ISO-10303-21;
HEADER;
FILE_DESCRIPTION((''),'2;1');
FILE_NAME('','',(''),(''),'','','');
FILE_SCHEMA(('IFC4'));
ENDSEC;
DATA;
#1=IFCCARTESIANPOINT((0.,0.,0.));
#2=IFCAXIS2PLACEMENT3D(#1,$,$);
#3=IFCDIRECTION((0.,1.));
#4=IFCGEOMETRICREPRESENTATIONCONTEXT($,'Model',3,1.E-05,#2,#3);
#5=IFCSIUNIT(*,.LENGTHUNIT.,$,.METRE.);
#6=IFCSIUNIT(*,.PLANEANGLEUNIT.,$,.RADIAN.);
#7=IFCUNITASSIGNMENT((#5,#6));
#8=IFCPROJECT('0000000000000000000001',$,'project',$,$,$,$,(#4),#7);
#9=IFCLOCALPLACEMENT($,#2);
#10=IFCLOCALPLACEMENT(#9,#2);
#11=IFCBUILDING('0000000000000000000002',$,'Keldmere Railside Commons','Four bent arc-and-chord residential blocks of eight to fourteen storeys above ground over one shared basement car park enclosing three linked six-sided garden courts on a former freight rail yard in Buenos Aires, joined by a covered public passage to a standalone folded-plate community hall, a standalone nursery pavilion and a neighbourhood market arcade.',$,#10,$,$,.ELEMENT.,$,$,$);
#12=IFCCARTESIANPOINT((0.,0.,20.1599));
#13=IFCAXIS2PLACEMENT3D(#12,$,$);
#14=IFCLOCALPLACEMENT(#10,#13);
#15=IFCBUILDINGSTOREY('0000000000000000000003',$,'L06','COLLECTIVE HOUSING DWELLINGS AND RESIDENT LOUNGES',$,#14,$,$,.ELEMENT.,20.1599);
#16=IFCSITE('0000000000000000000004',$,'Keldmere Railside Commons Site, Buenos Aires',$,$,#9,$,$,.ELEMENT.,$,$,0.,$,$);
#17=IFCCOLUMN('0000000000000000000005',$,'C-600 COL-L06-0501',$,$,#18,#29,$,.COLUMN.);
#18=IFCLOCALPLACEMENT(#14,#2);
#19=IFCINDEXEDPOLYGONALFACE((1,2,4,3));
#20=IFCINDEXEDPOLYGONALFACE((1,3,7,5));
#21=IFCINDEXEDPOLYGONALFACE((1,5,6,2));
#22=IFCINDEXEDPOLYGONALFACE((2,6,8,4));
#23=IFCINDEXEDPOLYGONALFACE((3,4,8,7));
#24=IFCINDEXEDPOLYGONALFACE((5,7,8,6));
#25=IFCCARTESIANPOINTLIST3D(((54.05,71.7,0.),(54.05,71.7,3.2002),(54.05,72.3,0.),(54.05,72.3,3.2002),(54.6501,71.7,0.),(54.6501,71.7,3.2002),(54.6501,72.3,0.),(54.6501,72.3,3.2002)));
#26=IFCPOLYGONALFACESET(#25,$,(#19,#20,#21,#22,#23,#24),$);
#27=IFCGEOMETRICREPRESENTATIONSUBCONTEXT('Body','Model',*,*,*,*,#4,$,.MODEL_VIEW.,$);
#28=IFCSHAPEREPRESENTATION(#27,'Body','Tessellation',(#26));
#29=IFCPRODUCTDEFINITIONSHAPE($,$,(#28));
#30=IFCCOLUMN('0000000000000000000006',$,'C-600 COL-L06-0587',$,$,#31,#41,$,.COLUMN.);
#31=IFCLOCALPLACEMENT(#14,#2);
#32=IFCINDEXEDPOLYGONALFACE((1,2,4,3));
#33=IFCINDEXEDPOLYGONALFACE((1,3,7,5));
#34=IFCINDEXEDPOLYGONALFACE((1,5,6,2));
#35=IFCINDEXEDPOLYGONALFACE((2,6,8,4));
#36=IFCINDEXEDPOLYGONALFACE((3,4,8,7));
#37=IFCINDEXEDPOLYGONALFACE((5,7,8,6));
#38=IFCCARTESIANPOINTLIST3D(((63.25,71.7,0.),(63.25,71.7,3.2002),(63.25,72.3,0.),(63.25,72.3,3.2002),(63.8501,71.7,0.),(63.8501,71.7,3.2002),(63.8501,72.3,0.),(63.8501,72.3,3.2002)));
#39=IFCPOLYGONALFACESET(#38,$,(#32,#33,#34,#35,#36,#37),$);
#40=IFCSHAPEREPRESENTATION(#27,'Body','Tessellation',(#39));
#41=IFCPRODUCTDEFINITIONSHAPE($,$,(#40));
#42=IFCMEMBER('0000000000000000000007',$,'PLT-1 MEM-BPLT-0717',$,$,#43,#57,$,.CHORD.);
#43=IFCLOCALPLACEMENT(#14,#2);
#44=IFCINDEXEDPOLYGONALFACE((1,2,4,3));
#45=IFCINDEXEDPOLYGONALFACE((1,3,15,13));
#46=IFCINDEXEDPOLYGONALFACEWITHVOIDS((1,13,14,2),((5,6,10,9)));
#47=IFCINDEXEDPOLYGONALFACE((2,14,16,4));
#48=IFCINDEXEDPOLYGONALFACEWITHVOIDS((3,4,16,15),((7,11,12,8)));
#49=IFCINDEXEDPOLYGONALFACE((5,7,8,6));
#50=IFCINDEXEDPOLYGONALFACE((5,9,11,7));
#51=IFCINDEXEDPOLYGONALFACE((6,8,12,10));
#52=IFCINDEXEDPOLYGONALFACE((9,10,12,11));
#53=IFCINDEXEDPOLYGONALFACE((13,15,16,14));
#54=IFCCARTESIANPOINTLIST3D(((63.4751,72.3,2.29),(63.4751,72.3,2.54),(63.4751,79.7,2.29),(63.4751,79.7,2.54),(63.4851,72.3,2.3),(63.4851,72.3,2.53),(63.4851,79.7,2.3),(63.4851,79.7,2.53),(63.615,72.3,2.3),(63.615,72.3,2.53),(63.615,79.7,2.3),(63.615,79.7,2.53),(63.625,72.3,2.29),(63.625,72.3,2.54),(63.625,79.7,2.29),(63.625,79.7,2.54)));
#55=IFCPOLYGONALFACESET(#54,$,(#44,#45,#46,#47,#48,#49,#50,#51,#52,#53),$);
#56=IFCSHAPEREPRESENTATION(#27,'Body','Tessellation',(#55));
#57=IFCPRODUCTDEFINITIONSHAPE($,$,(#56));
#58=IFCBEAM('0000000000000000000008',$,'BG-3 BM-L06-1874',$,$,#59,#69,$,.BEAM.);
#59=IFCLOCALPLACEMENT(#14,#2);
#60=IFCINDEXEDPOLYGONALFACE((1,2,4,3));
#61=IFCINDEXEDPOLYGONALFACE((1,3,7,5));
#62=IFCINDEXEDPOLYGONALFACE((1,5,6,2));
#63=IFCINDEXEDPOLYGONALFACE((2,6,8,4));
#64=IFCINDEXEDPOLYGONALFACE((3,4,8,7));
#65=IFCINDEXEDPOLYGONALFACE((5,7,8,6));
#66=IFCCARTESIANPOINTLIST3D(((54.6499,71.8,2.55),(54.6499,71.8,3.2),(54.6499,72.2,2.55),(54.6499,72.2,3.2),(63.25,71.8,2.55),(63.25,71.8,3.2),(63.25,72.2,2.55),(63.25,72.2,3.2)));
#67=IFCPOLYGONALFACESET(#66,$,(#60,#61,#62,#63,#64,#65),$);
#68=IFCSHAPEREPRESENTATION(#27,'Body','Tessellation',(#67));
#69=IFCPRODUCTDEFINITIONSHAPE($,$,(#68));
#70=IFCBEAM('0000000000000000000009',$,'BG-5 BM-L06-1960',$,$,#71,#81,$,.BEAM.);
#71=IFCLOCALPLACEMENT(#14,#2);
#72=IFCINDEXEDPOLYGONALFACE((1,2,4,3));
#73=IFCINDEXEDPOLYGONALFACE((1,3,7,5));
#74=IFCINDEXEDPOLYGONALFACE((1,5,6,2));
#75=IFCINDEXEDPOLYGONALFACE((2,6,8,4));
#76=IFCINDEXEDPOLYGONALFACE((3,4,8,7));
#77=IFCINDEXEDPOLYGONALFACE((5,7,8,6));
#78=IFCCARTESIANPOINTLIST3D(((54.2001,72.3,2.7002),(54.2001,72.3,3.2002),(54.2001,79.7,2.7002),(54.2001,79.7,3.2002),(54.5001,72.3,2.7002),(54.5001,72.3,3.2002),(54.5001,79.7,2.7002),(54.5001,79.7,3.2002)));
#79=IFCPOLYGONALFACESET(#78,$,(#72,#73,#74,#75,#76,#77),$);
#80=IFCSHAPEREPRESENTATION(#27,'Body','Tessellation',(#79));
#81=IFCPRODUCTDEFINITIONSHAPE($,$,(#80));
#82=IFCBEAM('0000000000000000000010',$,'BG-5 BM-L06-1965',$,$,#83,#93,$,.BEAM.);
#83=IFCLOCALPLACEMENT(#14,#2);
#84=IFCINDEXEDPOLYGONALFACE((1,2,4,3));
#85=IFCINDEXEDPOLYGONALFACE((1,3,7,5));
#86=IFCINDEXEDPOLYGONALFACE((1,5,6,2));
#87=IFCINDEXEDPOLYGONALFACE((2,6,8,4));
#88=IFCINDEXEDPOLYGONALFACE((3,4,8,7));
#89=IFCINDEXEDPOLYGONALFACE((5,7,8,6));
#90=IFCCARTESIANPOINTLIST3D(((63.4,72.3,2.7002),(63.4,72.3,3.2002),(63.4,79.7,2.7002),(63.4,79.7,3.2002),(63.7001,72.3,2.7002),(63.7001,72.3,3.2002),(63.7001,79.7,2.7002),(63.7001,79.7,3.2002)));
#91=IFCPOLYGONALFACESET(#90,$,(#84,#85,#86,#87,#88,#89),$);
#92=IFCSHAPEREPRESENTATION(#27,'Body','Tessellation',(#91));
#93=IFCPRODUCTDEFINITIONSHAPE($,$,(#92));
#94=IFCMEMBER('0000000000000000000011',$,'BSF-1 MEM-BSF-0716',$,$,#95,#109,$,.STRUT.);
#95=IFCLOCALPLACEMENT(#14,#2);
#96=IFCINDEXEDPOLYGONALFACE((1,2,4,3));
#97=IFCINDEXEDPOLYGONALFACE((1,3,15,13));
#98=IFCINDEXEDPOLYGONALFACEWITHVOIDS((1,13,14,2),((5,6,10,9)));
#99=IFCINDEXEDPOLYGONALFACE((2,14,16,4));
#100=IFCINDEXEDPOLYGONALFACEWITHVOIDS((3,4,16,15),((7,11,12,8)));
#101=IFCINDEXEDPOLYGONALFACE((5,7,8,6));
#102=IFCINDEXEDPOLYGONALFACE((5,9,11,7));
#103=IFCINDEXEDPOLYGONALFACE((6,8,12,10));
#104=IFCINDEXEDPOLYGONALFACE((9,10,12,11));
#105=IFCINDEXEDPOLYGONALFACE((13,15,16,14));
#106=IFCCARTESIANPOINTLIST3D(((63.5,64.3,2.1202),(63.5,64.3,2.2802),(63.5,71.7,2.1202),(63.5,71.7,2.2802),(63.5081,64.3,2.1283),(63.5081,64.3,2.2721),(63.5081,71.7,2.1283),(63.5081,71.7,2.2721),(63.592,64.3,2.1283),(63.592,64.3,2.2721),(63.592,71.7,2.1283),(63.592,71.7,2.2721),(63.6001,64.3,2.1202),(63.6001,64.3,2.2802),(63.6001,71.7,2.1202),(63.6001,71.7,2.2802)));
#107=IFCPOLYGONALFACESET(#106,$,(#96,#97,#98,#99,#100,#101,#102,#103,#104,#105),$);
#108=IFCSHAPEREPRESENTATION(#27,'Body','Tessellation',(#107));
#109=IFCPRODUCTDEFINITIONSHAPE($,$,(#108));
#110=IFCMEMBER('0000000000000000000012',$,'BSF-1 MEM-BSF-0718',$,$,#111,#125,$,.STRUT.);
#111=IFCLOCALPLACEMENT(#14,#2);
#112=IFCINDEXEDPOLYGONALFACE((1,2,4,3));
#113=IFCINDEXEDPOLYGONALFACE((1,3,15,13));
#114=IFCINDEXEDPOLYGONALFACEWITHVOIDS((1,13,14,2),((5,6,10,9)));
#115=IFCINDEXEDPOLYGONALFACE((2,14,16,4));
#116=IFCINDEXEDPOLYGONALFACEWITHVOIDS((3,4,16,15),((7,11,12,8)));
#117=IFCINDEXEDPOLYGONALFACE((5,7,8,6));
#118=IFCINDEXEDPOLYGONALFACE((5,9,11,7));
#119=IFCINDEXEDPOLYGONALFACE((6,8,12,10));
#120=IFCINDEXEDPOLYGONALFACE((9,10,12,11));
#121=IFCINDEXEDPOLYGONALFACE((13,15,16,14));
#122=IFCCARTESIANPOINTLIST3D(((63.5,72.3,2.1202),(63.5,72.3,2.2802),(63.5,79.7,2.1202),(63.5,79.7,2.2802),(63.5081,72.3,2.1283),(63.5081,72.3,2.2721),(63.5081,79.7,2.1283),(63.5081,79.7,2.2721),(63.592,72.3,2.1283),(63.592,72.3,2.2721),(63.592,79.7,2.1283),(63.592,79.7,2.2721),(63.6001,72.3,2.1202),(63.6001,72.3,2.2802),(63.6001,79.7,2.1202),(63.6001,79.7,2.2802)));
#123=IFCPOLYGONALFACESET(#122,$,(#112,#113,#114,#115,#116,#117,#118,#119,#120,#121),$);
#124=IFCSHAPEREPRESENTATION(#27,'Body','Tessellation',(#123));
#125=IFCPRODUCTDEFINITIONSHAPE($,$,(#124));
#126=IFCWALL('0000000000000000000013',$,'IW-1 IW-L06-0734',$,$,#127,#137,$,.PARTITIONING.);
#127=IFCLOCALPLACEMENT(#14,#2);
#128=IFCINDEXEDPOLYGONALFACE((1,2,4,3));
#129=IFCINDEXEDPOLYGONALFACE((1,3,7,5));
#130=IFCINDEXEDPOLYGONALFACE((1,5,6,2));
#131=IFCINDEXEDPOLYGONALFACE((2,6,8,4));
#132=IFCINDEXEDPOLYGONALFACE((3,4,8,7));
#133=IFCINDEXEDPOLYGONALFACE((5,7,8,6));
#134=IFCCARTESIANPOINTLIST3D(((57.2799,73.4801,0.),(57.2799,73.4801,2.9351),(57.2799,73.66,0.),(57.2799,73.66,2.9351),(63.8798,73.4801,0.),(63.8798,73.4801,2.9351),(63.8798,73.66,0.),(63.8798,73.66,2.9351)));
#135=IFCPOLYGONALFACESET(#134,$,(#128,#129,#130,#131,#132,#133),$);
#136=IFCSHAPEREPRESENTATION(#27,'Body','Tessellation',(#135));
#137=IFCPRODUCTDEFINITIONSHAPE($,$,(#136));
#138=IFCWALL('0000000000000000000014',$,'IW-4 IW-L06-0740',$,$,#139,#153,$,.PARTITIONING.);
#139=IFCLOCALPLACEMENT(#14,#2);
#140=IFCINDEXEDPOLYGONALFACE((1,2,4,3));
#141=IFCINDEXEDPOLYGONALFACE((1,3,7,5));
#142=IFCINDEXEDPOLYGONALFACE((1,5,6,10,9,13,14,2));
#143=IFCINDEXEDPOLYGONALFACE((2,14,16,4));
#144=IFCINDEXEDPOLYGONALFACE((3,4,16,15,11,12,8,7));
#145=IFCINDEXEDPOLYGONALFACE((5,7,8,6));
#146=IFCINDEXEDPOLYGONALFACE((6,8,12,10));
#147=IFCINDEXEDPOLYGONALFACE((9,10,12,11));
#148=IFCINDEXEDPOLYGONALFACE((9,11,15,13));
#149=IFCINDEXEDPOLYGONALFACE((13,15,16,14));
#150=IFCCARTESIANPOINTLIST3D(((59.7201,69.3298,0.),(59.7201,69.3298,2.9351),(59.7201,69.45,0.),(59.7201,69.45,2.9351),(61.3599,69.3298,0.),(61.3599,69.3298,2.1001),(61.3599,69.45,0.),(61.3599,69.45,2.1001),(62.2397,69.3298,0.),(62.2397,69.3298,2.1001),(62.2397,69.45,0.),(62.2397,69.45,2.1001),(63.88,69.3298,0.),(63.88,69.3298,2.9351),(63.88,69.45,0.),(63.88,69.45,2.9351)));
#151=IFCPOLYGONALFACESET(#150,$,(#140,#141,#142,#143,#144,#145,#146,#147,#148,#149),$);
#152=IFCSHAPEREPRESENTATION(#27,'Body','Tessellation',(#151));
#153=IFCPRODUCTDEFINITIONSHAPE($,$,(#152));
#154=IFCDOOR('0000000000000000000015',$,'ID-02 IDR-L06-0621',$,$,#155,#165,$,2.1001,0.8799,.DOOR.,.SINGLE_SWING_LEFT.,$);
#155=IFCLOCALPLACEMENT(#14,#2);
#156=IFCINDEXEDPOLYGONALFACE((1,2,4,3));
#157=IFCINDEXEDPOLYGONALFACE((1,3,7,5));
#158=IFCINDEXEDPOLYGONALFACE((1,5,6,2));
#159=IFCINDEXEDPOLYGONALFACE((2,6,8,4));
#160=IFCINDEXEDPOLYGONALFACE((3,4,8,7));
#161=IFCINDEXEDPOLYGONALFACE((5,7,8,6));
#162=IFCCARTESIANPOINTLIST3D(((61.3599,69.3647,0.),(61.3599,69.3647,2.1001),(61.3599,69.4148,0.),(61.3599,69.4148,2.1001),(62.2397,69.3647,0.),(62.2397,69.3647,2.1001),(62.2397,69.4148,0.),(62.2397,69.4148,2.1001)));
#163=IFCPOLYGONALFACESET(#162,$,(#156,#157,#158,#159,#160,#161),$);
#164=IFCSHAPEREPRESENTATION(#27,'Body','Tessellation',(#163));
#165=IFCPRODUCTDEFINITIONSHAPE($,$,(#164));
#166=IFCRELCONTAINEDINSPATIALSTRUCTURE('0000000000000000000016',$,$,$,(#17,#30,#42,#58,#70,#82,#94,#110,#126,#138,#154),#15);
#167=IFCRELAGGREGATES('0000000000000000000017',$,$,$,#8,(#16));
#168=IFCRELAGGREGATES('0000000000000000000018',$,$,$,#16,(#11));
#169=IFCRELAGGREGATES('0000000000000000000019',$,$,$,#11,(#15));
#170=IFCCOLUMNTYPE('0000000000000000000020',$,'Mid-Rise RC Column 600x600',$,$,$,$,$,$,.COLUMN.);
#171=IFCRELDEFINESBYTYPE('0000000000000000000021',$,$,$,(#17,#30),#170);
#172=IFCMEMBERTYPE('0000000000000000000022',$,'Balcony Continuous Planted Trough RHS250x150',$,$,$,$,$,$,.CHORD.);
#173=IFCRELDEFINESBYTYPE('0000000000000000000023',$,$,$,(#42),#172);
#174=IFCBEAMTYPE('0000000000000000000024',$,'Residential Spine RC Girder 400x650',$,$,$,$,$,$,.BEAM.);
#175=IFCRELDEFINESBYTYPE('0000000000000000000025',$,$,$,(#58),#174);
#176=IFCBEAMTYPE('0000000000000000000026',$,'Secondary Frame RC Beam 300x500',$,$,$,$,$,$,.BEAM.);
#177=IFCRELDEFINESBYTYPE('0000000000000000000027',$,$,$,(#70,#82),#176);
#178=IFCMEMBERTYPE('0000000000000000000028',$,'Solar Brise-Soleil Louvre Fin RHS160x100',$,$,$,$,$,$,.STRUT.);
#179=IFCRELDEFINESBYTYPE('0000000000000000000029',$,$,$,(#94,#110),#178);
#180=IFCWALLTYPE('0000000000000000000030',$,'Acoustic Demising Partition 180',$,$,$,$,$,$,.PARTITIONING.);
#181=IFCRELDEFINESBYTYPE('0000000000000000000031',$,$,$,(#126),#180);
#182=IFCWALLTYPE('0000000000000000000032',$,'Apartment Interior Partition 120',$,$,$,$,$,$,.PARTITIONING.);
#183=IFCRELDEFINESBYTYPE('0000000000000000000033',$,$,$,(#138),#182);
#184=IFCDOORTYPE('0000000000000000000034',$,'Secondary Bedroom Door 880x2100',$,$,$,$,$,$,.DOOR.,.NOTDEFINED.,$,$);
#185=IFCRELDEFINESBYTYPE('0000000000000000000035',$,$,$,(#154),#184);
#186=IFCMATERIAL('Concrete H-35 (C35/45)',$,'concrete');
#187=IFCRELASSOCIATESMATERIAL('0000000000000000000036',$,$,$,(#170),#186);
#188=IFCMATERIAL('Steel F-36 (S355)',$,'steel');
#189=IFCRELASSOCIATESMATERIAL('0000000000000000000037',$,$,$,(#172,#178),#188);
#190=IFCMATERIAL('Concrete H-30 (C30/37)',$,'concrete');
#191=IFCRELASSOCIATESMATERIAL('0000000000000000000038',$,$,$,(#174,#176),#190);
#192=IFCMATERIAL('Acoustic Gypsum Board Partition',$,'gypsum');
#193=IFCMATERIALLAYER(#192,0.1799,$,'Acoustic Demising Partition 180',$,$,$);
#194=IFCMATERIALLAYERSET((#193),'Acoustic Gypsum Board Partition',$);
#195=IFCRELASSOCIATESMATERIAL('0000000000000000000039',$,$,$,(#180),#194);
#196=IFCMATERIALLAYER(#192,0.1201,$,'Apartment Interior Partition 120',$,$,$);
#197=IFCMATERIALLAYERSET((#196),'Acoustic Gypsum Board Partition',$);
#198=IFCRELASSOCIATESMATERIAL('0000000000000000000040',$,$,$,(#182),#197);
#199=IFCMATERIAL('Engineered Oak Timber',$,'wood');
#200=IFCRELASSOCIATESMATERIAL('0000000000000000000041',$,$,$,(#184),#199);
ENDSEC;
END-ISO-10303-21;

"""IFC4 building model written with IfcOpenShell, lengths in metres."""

from ifc_helpers import new_model, si_unit, direction, frame, frame_2d, origin, origin_2d, place, context, subcontext, project, spatial, rectangle, hollow_rectangle, extrude, material, layer, layer_set, material_profile, profile_set, type_object, element, fill, save


model = new_model("IFC4")

# Units and contexts
model_context = context("Model", 3, precision=1e-05, world=origin(), true_north=direction((0.0, 1.0)))
body_context = subcontext(model_context, "Body", "Model", "MODEL_VIEW")
ifc_project = project(units=[si_unit("LENGTHUNIT", "METRE"), si_unit("PLANEANGLEUNIT", "RADIAN")], contexts=[model_context])

# Site, building, storey
site_placement = place(None, origin())
site = spatial("IfcSite", under=ifc_project, at=site_placement, Name="Keldmere Railside Commons Site, Buenos Aires", CompositionType="ELEMENT", RefElevation=0.0)
building_placement = place(site_placement, origin())
building = spatial("IfcBuilding", under=site, at=building_placement, Name="Keldmere Railside Commons", Description="Four bent arc-and-chord residential blocks of eight to fourteen storeys above ground over one shared basement car park enclosing three linked six-sided garden courts on a former freight rail yard in Buenos Aires, joined by a covered public passage to a standalone folded-plate community hall, a standalone nursery pavilion and a neighbourhood market arcade.", CompositionType="ELEMENT")
storey_placement = place(building_placement, frame((0.0, 0.0, 20.1599)))
storey = spatial("IfcBuildingStorey", under=building, at=storey_placement, Name="L06", Description="COLLECTIVE HOUSING DWELLINGS AND RESIDENT LOUNGES", CompositionType="ELEMENT", Elevation=20.1599)

# Columns
ifc_material_1 = material(Name="Concrete H-35 (C35/45)", Category="concrete")
ifc_material_profile_1 = material_profile(ifc_material_1, rectangle(XDim=0.6001, YDim=0.6001, at=origin_2d()), Name="RC-600x600")
ifc_profile_set_1 = profile_set([ifc_material_profile_1], Name="Concrete H-35 (C35/45)")
column_type = type_object("IfcColumnType", Name="Mid-Rise RC Column 600x600", PredefinedType="COLUMN", material=ifc_profile_set_1)
for number, where, z_axis, x_axis, name in (
    (1, (54.3501, 72.0, 0.0), (0.0, 0.0, 1.0), (1.0, 0.0, 0.0), "C-600 COL-L06-0501"),
    (2, (63.55, 72.0, 0.0), (0.0, 0.0, 1.0), (1.0, 0.0, 0.0), "C-600 COL-L06-0587"),
):
    element("IfcColumn", number, at=place(storey_placement, frame(where, z_axis=z_axis, x_axis=x_axis)), inside=storey, type_object=column_type, Name=name, PredefinedType="COLUMN", context=body_context, shape_type="SweptSolid", body=[
        extrude(rectangle(XDim=0.6001, YDim=0.6001, at=origin_2d()), origin(), (0.0, 0.0, 1.0), 3.2002),
    ])

# Member
ifc_material_2 = material(Name="Steel F-36 (S355)", Category="steel")
ifc_material_profile_2 = material_profile(ifc_material_2, hollow_rectangle(XDim=0.1499, YDim=0.25, WallThickness=0.01, at=origin_2d()), Name="RHS-250x150x10")
ifc_profile_set_2 = profile_set([ifc_material_profile_2], Name="Steel F-36 (S355)")
member_type_1 = type_object("IfcMemberType", Name="Balcony Continuous Planted Trough RHS250x150", PredefinedType="CHORD", material=ifc_profile_set_2)
member_placement = place(storey_placement, frame((63.55, 72.3, 2.415), z_axis=(0.0, 1.0, 0.0), x_axis=(-1.0, 0.0, 0.0)))
element("IfcMember", 3, at=member_placement, inside=storey, type_object=member_type_1, Name="PLT-1 MEM-BPLT-0717", PredefinedType="CHORD", context=body_context, shape_type="SweptSolid", body=[
    extrude(hollow_rectangle(XDim=0.1499, YDim=0.25, WallThickness=0.01, at=origin_2d()), origin(), (0.0, 0.0, 1.0), 7.3999),
])

# Beams
ifc_material_3 = material(Name="Concrete H-30 (C30/37)", Category="concrete")
ifc_material_profile_3 = material_profile(ifc_material_3, rectangle(XDim=0.3999, YDim=0.6499, at=origin_2d()), Name="RC-400x650")
ifc_profile_set_3 = profile_set([ifc_material_profile_3], Name="Concrete H-30 (C30/37)")
beam_type_1 = type_object("IfcBeamType", Name="Residential Spine RC Girder 400x650", PredefinedType="BEAM", material=ifc_profile_set_3)
beam_placement = place(storey_placement, frame((54.6499, 72.0, 2.875), z_axis=(1.0, 0.0, 0.0), x_axis=(0.0, 1.0, 0.0)))
element("IfcBeam", 4, at=beam_placement, inside=storey, type_object=beam_type_1, Name="BG-3 BM-L06-1874", PredefinedType="BEAM", context=body_context, shape_type="SweptSolid", body=[
    extrude(rectangle(XDim=0.3999, YDim=0.6499, at=origin_2d()), origin(), (0.0, 0.0, 1.0), 8.6001),
])
ifc_material_profile_4 = material_profile(ifc_material_3, rectangle(XDim=0.3, YDim=0.5, at=origin_2d()), Name="RC-300x500")
ifc_profile_set_4 = profile_set([ifc_material_profile_4], Name="Concrete H-30 (C30/37)")
beam_type_2 = type_object("IfcBeamType", Name="Secondary Frame RC Beam 300x500", PredefinedType="BEAM", material=ifc_profile_set_4)
for number, where, z_axis, x_axis, name in (
    (5, (54.3501, 72.3, 2.9502), (0.0, 1.0, 0.0), (-1.0, 0.0, 0.0), "BG-5 BM-L06-1960"),
    (6, (63.55, 72.3, 2.9502), (0.0, 1.0, 0.0), (-1.0, 0.0, 0.0), "BG-5 BM-L06-1965"),
):
    element("IfcBeam", number, at=place(storey_placement, frame(where, z_axis=z_axis, x_axis=x_axis)), inside=storey, type_object=beam_type_2, Name=name, PredefinedType="BEAM", context=body_context, shape_type="SweptSolid", body=[
        extrude(rectangle(XDim=0.3, YDim=0.5, at=origin_2d()), origin(), (0.0, 0.0, 1.0), 7.3999),
    ])

# Members
ifc_material_profile_5 = material_profile(ifc_material_2, hollow_rectangle(XDim=0.1001, YDim=0.1599, WallThickness=0.0081, at=origin_2d()), Name="RHS-160x100x8")
ifc_profile_set_5 = profile_set([ifc_material_profile_5], Name="Steel F-36 (S355)")
member_type_2 = type_object("IfcMemberType", Name="Solar Brise-Soleil Louvre Fin RHS160x100", PredefinedType="STRUT", material=ifc_profile_set_5)
for number, where, z_axis, x_axis, name in (
    (7, (63.55, 64.3, 2.2002), (0.0, 1.0, 0.0), (-1.0, 0.0, 0.0), "BSF-1 MEM-BSF-0716"),
    (8, (63.55, 72.3, 2.2002), (0.0, 1.0, 0.0), (-1.0, 0.0, 0.0), "BSF-1 MEM-BSF-0718"),
):
    element("IfcMember", number, at=place(storey_placement, frame(where, z_axis=z_axis, x_axis=x_axis)), inside=storey, type_object=member_type_2, Name=name, PredefinedType="STRUT", context=body_context, shape_type="SweptSolid", body=[
        extrude(hollow_rectangle(XDim=0.1001, YDim=0.1599, WallThickness=0.0081, at=origin_2d()), origin(), (0.0, 0.0, 1.0), 7.3999),
    ])

# Wall
ifc_material_4 = material(Name="Acoustic Gypsum Board Partition", Category="gypsum")
ifc_layer_1 = layer(ifc_material_4, 0.1799, Name="Acoustic Demising Partition 180")
ifc_layer_set_1 = layer_set([ifc_layer_1], Name="Acoustic Gypsum Board Partition")
wall_type_1 = type_object("IfcWallType", Name="Acoustic Demising Partition 180", PredefinedType="PARTITIONING", material=ifc_layer_set_1)
wall_1_placement = place(storey_placement, frame((57.28, 73.5701, 0.0), z_axis=(0.0, 0.0, 1.0), x_axis=(1.0, 0.0, 0.0)))
element("IfcWall", 9, at=wall_1_placement, inside=storey, type_object=wall_type_1, Name="IW-1 IW-L06-0734", PredefinedType="PARTITIONING", context=body_context, shape_type="SweptSolid", body=[
    extrude(rectangle(XDim=6.5999, YDim=0.1799, at=frame_2d((3.2998, 0.0))), origin(), (0.0, 0.0, 1.0), 2.9351),
])

# Wall, opening, door
ifc_layer_2 = layer(ifc_material_4, 0.1201, Name="Apartment Interior Partition 120")
ifc_layer_set_2 = layer_set([ifc_layer_2], Name="Acoustic Gypsum Board Partition")
wall_type_2 = type_object("IfcWallType", Name="Apartment Interior Partition 120", PredefinedType="PARTITIONING", material=ifc_layer_set_2)
wall_2_placement = place(storey_placement, frame((59.72, 69.3899, 0.0), z_axis=(0.0, 0.0, 1.0), x_axis=(1.0, 0.0, 0.0)))
wall_2 = element("IfcWall", 10, at=wall_2_placement, inside=storey, type_object=wall_type_2, Name="IW-4 IW-L06-0740", PredefinedType="PARTITIONING", context=body_context, shape_type="SweptSolid", body=[
    extrude(rectangle(XDim=4.1599, YDim=0.1201, at=frame_2d((2.0801, 0.0))), origin(), (0.0, 0.0, 1.0), 2.9351),
])
opening_1_placement = place(wall_2_placement, frame((1.6399, 0.0, 0.0)))
opening_1 = element("IfcOpeningElement", 11, at=opening_1_placement, cuts=wall_2, PredefinedType="OPENING", context=body_context, shape_type="SweptSolid", body=[
    extrude(rectangle(XDim=0.8799, YDim=2.1001, at=frame_2d((0.4399, 1.05))), frame((0.0, 0.0701, 0.0), z_axis=(0.0, -1.0, 0.0), x_axis=(1.0, 0.0, 0.0)), (0.0, 0.0, 1.0), 0.1401),
])
ifc_material_5 = material(Name="Engineered Oak Timber", Category="wood")
door_type_1 = type_object("IfcDoorType", Name="Secondary Bedroom Door 880x2100", OperationType="NOTDEFINED", PredefinedType="DOOR", material=ifc_material_5)
door_1_placement = place(opening_1_placement, origin())
door_1 = element("IfcDoor", 12, at=door_1_placement, inside=storey, type_object=door_type_1, Name="ID-02 IDR-L06-0621", OperationType="SINGLE_SWING_LEFT", OverallHeight=2.1001, OverallWidth=0.8799, PredefinedType="DOOR", context=body_context, shape_type="SweptSolid", body=[
    extrude(rectangle(XDim=0.8799, YDim=2.1001, at=frame_2d((0.4399, 1.05))), frame((0.0, 0.0249, 0.0), z_axis=(0.0, -1.0, 0.0), x_axis=(1.0, 0.0, 0.0)), (0.0, 0.0, 1.0), 0.05),
])
fill(opening_1, door_1)

save(model, "model.ifc")
